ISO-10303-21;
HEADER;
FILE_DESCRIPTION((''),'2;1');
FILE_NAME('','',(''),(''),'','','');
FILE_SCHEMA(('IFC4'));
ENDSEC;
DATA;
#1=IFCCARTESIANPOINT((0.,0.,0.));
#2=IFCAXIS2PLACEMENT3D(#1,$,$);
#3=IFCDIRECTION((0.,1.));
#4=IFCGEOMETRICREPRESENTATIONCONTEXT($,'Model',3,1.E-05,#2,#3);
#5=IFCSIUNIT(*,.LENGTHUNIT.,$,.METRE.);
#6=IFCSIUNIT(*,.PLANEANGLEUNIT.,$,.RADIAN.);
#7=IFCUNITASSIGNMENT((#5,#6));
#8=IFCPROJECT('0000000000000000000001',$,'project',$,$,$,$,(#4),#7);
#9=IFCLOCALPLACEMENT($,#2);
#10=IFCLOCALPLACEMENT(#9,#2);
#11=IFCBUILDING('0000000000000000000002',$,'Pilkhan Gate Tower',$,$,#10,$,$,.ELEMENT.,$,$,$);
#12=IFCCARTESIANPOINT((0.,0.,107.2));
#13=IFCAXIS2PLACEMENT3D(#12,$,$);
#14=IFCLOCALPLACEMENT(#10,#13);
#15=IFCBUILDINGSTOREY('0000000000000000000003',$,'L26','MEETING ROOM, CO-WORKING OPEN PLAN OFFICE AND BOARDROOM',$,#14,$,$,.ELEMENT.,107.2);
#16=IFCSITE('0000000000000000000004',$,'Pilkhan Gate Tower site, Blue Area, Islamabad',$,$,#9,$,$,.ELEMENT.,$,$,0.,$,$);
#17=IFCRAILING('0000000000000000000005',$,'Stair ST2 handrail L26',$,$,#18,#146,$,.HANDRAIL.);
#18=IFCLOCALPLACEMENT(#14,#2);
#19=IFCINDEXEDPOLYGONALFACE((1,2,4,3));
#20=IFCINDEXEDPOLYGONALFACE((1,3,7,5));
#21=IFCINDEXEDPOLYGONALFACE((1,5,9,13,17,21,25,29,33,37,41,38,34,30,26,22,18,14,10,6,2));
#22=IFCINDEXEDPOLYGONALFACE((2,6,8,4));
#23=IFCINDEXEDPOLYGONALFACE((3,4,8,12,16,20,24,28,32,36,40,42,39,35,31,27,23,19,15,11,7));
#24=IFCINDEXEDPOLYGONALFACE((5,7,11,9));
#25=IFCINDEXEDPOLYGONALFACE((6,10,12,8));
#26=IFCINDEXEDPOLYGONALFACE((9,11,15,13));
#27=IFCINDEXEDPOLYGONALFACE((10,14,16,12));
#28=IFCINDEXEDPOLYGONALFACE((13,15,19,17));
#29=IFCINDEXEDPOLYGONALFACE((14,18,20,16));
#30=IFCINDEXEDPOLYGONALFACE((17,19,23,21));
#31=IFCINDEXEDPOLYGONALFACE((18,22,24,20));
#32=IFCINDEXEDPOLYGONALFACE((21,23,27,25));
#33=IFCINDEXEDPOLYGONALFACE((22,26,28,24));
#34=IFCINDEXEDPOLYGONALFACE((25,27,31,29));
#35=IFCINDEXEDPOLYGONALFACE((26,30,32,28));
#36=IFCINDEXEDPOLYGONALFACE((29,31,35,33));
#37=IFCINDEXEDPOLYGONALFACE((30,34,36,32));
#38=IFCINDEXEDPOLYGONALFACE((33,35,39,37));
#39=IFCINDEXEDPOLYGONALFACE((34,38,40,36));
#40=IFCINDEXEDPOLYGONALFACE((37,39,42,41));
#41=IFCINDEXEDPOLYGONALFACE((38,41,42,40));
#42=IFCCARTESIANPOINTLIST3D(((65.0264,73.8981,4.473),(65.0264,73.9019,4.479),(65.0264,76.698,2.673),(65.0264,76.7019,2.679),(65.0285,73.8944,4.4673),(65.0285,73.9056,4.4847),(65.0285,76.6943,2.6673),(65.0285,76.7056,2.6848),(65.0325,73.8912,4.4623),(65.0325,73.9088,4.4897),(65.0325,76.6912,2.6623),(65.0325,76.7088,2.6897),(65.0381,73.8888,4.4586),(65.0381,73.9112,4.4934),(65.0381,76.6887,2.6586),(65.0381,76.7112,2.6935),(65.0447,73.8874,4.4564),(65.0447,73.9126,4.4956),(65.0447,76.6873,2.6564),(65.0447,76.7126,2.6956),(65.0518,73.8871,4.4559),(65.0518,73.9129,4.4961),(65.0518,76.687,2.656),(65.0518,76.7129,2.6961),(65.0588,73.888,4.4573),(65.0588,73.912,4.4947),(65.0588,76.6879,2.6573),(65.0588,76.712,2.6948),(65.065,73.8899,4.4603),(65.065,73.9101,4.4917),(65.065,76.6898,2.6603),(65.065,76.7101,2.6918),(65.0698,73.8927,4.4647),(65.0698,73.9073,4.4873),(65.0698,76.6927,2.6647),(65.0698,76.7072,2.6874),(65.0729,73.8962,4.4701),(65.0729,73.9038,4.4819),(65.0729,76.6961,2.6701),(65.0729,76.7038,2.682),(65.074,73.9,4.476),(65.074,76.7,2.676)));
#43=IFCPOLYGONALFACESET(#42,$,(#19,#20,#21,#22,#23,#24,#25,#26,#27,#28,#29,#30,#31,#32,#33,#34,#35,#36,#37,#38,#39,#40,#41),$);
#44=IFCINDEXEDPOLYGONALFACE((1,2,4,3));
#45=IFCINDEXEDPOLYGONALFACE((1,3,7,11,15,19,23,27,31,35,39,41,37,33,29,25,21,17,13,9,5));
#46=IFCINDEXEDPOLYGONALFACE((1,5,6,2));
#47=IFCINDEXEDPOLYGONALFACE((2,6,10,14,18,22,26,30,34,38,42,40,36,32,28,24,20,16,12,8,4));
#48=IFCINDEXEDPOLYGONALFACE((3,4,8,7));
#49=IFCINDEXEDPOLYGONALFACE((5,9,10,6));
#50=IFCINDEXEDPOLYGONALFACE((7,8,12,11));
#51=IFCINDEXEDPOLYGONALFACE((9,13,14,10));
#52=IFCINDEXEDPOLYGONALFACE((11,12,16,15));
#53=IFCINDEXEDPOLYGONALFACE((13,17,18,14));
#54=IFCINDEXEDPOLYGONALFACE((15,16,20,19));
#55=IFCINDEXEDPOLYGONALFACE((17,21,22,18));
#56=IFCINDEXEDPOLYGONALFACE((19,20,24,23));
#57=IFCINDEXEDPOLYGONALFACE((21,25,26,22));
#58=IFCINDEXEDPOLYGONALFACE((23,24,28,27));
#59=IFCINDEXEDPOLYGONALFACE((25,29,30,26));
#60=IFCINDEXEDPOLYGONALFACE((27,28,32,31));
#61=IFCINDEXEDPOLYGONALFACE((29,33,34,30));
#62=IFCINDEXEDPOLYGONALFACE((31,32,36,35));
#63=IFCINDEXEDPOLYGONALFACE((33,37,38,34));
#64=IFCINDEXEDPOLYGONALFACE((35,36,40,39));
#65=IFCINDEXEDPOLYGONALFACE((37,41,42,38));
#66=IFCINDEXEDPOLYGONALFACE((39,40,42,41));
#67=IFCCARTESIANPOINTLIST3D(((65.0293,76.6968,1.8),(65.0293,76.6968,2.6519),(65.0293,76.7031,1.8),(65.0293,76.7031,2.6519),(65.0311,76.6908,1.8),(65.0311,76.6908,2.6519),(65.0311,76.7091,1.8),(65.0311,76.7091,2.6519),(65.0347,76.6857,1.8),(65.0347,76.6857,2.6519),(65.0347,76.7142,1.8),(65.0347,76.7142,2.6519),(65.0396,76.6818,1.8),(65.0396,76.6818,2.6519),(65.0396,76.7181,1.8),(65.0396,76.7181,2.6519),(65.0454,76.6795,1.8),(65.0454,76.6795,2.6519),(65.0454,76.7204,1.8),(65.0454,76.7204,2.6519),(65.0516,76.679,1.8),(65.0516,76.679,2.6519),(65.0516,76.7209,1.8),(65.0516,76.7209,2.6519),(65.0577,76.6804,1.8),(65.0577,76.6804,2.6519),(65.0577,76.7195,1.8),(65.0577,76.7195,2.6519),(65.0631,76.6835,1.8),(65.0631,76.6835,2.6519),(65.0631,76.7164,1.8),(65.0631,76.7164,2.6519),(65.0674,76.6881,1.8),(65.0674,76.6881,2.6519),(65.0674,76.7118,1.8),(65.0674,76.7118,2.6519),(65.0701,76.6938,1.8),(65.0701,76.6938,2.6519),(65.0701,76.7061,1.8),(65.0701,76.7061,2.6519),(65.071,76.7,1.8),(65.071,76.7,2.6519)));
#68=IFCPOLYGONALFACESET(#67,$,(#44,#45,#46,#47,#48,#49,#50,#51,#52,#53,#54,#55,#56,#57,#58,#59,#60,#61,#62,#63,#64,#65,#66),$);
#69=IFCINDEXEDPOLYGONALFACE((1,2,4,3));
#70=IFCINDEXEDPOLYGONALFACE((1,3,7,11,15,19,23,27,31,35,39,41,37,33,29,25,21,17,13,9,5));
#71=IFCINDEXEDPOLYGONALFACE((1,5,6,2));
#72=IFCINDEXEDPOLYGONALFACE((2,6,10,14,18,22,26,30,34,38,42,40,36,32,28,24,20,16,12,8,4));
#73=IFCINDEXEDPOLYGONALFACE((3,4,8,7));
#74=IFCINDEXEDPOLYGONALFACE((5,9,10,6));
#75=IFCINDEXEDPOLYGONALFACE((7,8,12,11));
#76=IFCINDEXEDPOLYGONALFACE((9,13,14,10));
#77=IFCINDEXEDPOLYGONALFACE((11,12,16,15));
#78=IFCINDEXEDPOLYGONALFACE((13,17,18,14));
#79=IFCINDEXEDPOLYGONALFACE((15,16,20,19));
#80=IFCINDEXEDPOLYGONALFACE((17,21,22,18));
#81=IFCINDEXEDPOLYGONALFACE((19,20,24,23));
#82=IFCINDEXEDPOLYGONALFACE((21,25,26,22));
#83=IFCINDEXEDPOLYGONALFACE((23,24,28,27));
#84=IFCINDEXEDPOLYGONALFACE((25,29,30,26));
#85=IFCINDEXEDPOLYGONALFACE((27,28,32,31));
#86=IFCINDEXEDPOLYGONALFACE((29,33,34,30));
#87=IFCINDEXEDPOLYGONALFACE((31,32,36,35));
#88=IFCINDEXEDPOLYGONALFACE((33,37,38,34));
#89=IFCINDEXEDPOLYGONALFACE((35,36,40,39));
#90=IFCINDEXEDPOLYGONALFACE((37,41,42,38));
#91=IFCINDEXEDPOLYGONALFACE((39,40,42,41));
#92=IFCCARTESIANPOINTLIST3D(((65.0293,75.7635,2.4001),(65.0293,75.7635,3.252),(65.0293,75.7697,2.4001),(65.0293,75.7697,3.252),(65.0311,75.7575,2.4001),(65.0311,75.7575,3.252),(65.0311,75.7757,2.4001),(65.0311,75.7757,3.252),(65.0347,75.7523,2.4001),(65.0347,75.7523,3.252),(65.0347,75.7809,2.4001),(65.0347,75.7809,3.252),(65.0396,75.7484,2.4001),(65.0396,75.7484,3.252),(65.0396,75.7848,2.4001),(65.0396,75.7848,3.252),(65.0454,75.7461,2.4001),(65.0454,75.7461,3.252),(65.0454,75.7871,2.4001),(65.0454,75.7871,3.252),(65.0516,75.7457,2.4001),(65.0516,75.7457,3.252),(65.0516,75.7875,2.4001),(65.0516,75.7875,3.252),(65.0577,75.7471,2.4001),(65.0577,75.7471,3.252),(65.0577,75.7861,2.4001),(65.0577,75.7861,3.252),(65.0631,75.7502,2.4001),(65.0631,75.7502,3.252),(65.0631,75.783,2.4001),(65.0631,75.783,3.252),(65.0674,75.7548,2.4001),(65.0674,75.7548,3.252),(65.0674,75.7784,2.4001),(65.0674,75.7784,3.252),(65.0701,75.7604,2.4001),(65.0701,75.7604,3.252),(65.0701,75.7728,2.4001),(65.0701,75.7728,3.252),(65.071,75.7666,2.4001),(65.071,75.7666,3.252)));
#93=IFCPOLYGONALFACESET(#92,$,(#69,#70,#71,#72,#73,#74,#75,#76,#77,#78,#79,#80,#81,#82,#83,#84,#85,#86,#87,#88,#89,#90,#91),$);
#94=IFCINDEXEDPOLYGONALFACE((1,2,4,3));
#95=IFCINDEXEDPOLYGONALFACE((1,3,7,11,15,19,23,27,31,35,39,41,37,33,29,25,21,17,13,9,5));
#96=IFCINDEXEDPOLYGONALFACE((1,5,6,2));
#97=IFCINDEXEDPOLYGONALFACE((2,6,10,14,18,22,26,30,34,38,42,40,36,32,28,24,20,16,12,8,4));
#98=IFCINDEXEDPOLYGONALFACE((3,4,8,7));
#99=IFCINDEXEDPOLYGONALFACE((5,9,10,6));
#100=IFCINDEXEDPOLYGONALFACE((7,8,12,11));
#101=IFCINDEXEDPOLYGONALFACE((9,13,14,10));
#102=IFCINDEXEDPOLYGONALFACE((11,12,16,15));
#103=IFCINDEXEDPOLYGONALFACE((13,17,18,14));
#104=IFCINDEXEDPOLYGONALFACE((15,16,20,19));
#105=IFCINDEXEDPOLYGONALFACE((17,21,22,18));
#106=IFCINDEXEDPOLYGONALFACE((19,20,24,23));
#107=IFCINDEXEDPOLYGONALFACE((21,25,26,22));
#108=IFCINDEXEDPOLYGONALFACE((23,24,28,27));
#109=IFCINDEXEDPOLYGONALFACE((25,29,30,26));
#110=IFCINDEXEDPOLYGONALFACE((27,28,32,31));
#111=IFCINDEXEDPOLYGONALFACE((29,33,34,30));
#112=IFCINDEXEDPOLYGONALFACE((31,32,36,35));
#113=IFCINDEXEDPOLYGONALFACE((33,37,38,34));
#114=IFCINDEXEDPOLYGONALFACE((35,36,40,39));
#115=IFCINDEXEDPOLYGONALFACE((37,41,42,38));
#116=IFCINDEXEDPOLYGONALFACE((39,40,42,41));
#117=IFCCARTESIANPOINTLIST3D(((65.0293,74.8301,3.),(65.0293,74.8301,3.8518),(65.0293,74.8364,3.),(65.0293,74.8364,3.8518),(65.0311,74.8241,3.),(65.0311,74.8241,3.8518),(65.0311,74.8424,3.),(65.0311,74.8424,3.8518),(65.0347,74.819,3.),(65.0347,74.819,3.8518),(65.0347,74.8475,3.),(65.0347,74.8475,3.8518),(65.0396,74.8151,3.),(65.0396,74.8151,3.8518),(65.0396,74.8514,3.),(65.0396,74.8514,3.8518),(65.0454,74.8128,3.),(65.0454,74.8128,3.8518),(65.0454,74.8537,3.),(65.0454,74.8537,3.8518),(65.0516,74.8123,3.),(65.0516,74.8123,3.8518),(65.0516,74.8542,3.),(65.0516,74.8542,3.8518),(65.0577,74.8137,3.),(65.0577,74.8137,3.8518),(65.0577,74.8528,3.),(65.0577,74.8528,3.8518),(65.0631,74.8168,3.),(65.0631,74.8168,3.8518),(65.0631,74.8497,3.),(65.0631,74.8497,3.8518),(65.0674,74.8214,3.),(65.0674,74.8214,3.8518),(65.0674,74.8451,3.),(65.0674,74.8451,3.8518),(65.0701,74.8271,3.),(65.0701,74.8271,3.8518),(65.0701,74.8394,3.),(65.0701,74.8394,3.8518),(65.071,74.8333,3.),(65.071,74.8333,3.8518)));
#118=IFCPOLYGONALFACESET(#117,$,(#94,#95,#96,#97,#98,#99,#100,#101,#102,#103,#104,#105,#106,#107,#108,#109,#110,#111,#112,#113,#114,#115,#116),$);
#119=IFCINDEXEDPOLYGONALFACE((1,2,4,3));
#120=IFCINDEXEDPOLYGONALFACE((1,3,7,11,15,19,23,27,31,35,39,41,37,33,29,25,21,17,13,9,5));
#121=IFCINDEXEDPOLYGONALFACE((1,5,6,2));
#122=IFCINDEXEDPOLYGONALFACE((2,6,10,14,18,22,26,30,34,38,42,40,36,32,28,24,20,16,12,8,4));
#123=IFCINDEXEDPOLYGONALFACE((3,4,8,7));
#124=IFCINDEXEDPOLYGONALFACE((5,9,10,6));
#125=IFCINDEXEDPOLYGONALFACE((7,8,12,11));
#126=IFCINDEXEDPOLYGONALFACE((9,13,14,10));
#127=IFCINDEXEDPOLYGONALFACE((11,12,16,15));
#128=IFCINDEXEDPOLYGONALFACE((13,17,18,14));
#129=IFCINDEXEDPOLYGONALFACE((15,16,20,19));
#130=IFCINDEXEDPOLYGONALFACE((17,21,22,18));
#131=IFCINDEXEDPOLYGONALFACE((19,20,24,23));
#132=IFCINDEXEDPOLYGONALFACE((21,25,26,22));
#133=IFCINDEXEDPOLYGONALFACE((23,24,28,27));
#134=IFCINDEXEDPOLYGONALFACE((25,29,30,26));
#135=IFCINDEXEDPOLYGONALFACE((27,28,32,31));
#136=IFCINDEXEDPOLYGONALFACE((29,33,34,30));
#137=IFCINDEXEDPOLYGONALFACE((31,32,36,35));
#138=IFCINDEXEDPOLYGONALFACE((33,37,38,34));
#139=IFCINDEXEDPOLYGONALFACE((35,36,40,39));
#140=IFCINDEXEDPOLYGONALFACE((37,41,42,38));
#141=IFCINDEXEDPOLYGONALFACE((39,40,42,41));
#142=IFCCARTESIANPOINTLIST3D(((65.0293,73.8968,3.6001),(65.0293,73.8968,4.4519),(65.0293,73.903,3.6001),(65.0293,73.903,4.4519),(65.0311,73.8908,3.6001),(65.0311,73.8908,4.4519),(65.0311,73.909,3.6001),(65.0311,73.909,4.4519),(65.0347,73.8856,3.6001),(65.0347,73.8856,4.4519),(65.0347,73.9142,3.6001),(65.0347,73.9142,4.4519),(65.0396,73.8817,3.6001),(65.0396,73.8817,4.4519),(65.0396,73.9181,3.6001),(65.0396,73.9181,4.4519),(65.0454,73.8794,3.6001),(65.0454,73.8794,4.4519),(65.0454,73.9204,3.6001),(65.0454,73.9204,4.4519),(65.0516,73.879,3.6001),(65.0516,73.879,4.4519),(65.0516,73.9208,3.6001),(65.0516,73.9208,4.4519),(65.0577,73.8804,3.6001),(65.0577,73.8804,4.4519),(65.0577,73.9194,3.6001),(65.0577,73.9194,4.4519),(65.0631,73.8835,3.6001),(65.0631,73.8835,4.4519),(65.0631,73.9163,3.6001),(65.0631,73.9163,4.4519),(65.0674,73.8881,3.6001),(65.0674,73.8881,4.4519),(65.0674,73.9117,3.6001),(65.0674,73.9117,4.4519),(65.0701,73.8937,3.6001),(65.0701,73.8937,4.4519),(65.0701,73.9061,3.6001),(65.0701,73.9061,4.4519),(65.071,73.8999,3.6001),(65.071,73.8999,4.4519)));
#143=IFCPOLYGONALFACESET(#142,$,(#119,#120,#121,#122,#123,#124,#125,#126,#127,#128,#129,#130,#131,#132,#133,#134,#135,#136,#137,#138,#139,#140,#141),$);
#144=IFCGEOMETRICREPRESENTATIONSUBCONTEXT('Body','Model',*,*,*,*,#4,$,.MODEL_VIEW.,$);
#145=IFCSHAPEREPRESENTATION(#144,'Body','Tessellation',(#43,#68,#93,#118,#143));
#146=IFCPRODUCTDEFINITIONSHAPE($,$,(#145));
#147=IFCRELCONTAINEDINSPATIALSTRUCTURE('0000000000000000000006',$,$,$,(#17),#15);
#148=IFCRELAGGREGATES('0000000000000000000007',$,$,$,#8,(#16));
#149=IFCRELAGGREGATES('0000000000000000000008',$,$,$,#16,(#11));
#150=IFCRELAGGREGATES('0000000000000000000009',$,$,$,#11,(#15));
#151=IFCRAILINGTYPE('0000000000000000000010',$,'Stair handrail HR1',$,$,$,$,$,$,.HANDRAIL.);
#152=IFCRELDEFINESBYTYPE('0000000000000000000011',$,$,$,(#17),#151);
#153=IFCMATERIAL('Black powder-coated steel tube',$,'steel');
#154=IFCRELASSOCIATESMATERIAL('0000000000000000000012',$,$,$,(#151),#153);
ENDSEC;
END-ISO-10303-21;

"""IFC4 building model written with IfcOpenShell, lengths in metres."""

from ifc_helpers import new_model, si_unit, direction, frame, origin, origin_2d, place, context, subcontext, project, spatial, circle, extrude, material, type_object, element, save


model = new_model("IFC4")

# Units and contexts
model_context = context("Model", 3, precision=1e-05, world=origin(), true_north=direction((0.0, 1.0)))
body_context = subcontext(model_context, "Body", "Model", "MODEL_VIEW")
ifc_project = project(units=[si_unit("LENGTHUNIT", "METRE"), si_unit("PLANEANGLEUNIT", "RADIAN")], contexts=[model_context])

# Site, building, storey
site_placement = place(None, origin())
site = spatial("IfcSite", under=ifc_project, at=site_placement, Name="Pilkhan Gate Tower site, Blue Area, Islamabad", CompositionType="ELEMENT", RefElevation=0.0)
building_placement = place(site_placement, origin())
building = spatial("IfcBuilding", under=site, at=building_placement, Name="Pilkhan Gate Tower", CompositionType="ELEMENT")
storey_placement = place(building_placement, frame((0.0, 0.0, 107.2)))
storey = spatial("IfcBuildingStorey", under=building, at=storey_placement, Name="L26", Description="MEETING ROOM, CO-WORKING OPEN PLAN OFFICE AND BOARDROOM", CompositionType="ELEMENT", Elevation=107.2)

# Railing
ifc_material_1 = material(Name="Black powder-coated steel tube", Category="steel")
railing_type_1 = type_object("IfcRailingType", Name="Stair handrail HR1", PredefinedType="HANDRAIL", material=ifc_material_1)
railing_1_placement = place(storey_placement, frame((65.05, 76.7, 1.8)))
element("IfcRailing", 1, at=railing_1_placement, inside=storey, type_object=railing_type_1, Name="Stair ST2 handrail L26", PredefinedType="HANDRAIL", context=body_context, shape_type="SweptSolid", body=[
    extrude(circle(Radius=0.0239, at=origin_2d()), frame((0.0, 0.0, 0.876), z_axis=(0.0, -0.841176, 0.540761), x_axis=(1.0, 0.0, 0.0)), (0.0, 0.0, 1.0), 3.3286),
    extrude(circle(Radius=0.021, at=origin_2d()), origin(), (0.0, 0.0, 1.0), 0.8518),
    extrude(circle(Radius=0.021, at=origin_2d()), frame((0.0, -0.9333, 0.6001)), (0.0, 0.0, 1.0), 0.8518),
    extrude(circle(Radius=0.021, at=origin_2d()), frame((0.0, -1.8667, 1.2)), (0.0, 0.0, 1.0), 0.8518),
    extrude(circle(Radius=0.021, at=origin_2d()), frame((0.0, -2.8, 1.8)), (0.0, 0.0, 1.0), 0.8518),
])

save(model, "model.ifc")
